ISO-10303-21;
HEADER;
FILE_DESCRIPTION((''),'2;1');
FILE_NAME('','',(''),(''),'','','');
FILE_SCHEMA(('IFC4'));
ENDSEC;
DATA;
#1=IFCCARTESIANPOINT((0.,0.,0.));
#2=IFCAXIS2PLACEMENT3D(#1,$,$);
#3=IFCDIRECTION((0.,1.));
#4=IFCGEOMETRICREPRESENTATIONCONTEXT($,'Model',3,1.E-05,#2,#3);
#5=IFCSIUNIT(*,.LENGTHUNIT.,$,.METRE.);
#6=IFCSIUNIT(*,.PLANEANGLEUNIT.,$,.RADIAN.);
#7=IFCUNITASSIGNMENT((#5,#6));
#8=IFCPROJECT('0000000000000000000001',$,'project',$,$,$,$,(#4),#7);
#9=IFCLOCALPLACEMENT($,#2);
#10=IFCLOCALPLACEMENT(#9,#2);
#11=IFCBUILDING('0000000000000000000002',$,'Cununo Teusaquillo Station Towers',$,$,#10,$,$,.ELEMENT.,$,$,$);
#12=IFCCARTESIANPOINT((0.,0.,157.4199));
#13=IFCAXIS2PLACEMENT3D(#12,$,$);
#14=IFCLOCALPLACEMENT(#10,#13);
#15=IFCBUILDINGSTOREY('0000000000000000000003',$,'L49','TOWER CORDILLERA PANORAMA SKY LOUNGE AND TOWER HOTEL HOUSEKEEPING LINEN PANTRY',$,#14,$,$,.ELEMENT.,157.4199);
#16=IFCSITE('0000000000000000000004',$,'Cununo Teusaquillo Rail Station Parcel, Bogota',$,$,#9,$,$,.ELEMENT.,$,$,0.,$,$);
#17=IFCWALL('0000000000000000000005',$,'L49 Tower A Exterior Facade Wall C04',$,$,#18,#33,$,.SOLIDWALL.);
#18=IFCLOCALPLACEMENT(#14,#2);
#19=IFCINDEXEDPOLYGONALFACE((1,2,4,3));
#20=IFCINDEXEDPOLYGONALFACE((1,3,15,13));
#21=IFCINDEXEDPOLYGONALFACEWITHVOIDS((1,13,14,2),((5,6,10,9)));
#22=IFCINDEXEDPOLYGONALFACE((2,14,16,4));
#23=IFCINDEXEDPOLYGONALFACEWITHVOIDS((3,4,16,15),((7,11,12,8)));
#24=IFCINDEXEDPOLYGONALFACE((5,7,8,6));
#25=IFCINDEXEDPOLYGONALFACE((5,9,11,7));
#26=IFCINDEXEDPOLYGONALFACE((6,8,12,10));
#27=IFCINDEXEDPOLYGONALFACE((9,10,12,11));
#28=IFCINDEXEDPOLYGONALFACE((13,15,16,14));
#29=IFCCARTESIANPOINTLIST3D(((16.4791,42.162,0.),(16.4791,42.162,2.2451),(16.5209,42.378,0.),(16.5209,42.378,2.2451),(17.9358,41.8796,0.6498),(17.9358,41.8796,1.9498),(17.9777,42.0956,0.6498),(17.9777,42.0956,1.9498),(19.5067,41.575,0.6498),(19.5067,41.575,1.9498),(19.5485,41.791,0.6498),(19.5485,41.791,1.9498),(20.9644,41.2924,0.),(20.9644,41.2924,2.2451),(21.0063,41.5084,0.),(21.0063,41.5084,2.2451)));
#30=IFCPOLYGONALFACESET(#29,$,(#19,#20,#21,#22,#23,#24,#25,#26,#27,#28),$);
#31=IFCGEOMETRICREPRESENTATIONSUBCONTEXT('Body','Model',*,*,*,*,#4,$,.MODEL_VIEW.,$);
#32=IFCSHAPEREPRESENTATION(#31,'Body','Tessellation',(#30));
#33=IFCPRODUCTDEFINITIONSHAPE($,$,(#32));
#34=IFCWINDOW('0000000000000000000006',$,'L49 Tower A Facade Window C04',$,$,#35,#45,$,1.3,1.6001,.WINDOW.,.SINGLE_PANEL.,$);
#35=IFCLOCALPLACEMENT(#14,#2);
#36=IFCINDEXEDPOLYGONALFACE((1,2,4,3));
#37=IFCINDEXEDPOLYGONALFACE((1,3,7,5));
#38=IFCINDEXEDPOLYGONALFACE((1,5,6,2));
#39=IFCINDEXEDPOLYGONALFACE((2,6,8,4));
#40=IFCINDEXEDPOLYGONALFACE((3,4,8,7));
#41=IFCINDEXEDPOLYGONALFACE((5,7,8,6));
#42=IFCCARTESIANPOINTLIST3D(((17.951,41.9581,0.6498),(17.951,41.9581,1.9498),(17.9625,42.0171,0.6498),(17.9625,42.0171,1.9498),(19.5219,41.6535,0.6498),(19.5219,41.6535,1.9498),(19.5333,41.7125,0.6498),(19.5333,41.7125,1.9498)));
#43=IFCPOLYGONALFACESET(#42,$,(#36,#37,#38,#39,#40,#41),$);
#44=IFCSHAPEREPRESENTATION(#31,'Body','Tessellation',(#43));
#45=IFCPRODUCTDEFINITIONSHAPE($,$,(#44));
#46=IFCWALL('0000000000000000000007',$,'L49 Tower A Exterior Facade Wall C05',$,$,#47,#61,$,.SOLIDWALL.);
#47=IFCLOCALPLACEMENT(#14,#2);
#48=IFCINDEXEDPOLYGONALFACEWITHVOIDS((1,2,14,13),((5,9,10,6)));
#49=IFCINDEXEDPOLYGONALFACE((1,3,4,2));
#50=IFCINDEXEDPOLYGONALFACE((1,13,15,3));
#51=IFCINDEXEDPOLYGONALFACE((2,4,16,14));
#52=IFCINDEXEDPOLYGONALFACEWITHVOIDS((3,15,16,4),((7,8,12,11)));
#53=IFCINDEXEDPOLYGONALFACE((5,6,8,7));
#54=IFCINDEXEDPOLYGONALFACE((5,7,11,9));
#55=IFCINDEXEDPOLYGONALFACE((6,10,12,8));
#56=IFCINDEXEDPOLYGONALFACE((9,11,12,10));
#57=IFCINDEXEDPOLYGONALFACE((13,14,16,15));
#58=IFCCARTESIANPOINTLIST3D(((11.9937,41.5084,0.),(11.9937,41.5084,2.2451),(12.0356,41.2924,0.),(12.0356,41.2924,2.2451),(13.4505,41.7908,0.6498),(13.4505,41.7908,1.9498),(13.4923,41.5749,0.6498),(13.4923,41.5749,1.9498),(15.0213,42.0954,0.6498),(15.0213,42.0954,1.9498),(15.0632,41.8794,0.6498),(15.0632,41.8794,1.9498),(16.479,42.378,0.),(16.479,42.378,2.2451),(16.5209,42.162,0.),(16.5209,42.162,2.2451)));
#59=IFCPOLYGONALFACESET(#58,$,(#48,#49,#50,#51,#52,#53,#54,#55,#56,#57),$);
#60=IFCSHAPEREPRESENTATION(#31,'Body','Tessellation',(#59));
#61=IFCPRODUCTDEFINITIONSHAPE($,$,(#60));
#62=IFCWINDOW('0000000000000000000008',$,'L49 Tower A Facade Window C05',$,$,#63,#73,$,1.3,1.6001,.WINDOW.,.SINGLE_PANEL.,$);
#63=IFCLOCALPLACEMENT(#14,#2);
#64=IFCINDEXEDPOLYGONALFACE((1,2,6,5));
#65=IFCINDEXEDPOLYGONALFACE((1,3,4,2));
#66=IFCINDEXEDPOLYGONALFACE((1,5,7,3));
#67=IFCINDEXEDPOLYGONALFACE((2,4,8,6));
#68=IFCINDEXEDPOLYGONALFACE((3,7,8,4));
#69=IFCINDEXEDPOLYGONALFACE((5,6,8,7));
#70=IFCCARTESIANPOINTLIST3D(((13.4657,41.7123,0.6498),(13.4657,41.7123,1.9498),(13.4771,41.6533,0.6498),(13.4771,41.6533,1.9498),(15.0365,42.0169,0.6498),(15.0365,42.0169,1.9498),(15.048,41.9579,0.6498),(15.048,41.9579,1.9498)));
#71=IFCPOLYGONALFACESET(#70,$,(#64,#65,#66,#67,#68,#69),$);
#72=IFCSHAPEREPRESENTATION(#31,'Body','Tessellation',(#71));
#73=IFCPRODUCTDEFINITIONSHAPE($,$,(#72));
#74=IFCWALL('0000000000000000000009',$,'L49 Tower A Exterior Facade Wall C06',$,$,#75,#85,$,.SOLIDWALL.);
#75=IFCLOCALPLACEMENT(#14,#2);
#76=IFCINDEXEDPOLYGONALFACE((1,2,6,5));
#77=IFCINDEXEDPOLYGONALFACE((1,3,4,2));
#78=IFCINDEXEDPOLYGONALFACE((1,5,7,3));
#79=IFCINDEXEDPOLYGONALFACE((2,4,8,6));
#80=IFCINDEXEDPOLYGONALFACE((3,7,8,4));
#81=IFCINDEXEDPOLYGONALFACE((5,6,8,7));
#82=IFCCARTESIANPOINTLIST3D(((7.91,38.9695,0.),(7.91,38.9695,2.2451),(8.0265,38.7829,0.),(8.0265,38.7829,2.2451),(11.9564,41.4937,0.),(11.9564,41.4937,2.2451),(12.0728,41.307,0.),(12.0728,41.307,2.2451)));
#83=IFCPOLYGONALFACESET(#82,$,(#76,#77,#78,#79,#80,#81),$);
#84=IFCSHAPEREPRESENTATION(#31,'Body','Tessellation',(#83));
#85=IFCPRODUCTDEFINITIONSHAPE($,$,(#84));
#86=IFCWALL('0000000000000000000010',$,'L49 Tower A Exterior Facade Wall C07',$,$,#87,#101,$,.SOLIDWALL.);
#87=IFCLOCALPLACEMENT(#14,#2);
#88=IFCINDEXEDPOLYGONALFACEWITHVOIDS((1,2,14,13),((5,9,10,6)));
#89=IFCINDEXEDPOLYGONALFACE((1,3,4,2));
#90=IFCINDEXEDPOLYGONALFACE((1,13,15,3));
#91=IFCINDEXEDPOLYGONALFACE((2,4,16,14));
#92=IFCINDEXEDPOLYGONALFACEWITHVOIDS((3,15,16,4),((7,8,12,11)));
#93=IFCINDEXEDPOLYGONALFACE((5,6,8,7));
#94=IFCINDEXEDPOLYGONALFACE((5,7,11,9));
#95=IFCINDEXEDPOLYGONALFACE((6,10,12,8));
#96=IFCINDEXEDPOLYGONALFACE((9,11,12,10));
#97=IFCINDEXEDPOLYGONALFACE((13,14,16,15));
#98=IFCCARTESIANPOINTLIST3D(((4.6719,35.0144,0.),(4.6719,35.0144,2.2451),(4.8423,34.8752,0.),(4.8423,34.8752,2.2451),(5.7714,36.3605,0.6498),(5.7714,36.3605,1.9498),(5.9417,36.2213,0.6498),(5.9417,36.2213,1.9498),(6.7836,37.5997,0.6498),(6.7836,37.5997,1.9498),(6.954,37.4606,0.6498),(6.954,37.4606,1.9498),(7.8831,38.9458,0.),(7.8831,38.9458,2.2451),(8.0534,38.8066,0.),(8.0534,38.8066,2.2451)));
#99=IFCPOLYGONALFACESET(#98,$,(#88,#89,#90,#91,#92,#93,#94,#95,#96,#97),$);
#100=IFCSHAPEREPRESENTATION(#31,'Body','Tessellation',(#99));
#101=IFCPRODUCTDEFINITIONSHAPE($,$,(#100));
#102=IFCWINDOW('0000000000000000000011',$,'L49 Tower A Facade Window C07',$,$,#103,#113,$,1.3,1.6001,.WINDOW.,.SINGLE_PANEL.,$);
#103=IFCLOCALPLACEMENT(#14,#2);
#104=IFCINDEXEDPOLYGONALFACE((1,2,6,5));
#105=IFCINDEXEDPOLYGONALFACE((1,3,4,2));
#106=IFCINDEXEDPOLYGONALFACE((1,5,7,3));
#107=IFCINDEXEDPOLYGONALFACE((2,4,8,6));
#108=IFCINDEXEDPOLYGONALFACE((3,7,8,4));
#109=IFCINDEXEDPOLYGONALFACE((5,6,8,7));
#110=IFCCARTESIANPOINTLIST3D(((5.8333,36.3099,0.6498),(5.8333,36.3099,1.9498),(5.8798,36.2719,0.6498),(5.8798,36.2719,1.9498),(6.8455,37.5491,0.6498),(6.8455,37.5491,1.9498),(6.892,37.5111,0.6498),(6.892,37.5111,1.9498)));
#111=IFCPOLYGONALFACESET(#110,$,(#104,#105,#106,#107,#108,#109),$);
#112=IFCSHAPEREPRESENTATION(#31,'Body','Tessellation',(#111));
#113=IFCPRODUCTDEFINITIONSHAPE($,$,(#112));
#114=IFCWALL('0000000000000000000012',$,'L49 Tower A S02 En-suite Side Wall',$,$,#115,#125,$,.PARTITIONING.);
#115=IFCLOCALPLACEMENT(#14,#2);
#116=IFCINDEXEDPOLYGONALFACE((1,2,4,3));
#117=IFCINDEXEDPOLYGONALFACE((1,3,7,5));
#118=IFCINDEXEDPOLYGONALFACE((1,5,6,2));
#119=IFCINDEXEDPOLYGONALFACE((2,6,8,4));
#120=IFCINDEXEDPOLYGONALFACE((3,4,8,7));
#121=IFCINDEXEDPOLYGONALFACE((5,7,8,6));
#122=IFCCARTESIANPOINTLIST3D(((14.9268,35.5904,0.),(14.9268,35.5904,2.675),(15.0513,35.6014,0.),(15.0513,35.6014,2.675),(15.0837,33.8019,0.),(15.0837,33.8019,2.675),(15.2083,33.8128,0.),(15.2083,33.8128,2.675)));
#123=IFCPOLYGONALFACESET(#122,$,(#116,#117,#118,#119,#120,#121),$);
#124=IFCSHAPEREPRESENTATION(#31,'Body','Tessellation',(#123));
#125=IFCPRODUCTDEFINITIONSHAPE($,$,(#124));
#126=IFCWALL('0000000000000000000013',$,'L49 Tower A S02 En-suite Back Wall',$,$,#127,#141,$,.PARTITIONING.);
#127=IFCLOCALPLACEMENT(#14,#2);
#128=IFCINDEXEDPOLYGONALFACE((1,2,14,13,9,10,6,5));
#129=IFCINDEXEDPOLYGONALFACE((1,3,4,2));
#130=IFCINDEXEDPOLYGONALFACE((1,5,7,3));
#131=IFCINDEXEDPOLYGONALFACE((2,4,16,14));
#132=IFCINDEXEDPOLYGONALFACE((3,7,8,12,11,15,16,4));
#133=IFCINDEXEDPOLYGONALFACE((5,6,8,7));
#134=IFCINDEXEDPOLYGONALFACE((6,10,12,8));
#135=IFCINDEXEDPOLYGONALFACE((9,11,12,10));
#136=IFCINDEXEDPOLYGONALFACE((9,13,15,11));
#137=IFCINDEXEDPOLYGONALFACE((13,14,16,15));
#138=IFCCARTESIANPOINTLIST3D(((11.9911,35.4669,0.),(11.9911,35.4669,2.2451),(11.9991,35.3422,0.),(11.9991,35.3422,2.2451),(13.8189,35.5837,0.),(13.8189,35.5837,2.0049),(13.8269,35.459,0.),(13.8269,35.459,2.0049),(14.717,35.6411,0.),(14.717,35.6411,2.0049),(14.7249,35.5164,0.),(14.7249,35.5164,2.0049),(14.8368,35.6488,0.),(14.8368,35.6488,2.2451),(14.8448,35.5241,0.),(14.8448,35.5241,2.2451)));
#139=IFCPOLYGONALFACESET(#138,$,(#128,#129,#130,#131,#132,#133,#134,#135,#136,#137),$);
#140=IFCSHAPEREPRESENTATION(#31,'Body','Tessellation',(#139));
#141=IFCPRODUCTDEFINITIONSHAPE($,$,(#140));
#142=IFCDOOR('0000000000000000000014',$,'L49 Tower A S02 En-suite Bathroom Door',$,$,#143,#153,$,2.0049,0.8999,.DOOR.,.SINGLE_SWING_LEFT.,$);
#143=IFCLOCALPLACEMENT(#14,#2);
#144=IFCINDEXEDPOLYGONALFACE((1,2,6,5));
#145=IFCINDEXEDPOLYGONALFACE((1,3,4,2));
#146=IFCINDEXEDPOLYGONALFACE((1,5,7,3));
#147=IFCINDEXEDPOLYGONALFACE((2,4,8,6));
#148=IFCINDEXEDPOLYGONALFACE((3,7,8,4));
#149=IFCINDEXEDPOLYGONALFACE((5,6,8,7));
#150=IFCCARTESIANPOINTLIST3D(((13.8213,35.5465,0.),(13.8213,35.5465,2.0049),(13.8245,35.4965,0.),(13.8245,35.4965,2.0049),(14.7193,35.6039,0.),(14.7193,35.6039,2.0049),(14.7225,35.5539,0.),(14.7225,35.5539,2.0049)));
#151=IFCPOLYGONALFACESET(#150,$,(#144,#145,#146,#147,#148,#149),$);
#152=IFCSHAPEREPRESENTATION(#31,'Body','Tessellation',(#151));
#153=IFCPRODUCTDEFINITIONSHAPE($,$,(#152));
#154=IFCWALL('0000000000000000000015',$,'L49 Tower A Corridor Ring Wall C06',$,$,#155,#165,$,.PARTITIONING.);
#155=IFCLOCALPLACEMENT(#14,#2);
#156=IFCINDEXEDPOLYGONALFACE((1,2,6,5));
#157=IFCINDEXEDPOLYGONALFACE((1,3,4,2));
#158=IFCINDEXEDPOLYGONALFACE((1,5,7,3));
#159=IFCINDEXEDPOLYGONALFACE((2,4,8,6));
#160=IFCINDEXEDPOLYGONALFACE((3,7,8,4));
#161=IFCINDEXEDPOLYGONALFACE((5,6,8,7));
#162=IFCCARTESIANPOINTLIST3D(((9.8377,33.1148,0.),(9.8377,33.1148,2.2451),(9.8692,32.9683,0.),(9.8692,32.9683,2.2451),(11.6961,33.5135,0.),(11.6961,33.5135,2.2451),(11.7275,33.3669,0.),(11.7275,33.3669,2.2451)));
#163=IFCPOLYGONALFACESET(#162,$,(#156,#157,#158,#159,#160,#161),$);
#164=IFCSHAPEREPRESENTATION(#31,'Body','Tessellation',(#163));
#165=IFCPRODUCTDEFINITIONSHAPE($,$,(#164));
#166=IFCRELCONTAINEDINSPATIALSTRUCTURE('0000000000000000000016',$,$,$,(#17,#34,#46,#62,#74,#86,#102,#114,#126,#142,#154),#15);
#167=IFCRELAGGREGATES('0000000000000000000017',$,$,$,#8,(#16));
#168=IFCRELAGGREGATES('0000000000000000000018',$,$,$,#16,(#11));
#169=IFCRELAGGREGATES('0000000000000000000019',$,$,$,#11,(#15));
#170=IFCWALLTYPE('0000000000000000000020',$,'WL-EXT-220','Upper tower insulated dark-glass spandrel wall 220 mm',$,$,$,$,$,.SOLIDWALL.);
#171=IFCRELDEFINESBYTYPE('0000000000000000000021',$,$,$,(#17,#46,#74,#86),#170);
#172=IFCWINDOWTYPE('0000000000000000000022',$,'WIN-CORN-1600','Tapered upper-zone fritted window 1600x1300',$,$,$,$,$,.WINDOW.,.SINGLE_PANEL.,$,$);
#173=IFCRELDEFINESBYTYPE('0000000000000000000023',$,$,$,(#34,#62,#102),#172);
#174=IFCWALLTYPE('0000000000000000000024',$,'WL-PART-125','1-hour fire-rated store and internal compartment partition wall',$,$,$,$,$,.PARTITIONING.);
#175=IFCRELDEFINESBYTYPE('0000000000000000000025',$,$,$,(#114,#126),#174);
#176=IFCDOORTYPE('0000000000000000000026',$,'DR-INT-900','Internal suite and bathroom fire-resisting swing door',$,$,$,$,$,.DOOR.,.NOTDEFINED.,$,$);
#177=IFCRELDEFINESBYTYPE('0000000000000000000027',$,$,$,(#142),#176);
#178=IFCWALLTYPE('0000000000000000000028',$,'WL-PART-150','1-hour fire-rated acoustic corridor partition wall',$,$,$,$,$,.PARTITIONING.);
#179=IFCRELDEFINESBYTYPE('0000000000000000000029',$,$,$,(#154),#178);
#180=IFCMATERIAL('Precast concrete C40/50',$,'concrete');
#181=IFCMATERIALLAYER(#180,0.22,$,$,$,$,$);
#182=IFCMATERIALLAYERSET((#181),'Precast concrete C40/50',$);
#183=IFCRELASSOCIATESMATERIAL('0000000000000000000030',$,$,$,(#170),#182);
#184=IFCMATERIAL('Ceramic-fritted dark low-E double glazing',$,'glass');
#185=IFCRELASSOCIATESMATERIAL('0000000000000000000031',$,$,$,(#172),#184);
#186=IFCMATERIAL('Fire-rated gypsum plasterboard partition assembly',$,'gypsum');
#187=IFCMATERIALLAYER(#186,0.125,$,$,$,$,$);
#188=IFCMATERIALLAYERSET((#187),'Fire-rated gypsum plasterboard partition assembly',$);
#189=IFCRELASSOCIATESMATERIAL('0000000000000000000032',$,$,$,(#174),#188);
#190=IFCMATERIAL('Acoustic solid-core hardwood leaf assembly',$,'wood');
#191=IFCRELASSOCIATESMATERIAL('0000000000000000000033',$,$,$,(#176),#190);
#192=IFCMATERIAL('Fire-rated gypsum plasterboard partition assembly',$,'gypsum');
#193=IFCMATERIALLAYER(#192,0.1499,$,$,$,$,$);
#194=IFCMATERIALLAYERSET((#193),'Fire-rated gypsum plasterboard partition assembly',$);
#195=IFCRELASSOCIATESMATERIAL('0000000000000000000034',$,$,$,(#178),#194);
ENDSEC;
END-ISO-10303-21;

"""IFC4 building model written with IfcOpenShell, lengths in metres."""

from ifc_helpers import new_model, si_unit, direction, frame, frame_2d, origin, place, context, subcontext, project, spatial, rectangle, extrude, source, transform, mapped, material, layer, layer_set, type_object, element, fill, save


model = new_model("IFC4")

# Units and contexts
model_context = context("Model", 3, precision=1e-05, world=origin(), true_north=direction((0.0, 1.0)))
body_context = subcontext(model_context, "Body", "Model", "MODEL_VIEW")
ifc_project = project(units=[si_unit("LENGTHUNIT", "METRE"), si_unit("PLANEANGLEUNIT", "RADIAN")], contexts=[model_context])

# Site, building, storey
site_placement = place(None, origin())
site = spatial("IfcSite", under=ifc_project, at=site_placement, Name="Cununo Teusaquillo Rail Station Parcel, Bogota", CompositionType="ELEMENT", RefElevation=0.0)
building_placement = place(site_placement, origin())
building = spatial("IfcBuilding", under=site, at=building_placement, Name="Cununo Teusaquillo Station Towers", CompositionType="ELEMENT")
storey_placement = place(building_placement, frame((0.0, 0.0, 157.4199)))
storey = spatial("IfcBuildingStorey", under=building, at=storey_placement, Name="L49", Description="TOWER CORDILLERA PANORAMA SKY LOUNGE AND TOWER HOTEL HOUSEKEEPING LINEN PANTRY", CompositionType="ELEMENT", Elevation=157.4199)

# Walls, openings, windows
ifc_material_1 = material(Name="Precast concrete C40/50", Category="concrete")
ifc_layer_1 = layer(ifc_material_1, 0.22)
ifc_layer_set_1 = layer_set([ifc_layer_1], Name="Precast concrete C40/50")
wall_type_1 = type_object("IfcWallType", Name="WL-EXT-220", Description="Upper tower insulated dark-glass spandrel wall 220 mm", PredefinedType="SOLIDWALL", material=ifc_layer_set_1)
wall_1_placement = place(storey_placement, frame((16.5, 42.27, 0.0), z_axis=(0.0, 0.0, 1.0), x_axis=(0.981719, -0.190338, 0.0)))
wall_1 = element("IfcWall", 1, at=wall_1_placement, inside=storey, type_object=wall_type_1, Name="L49 Tower A Exterior Facade Wall C04", PredefinedType="SOLIDWALL", context=body_context, shape_type="SweptSolid", body=[
    extrude(rectangle(XDim=4.5688, YDim=0.22, at=frame_2d((2.2844, 0.0))), origin(), (0.0, 0.0, 1.0), 2.2451),
])
shared_shape_1 = source(origin(), body_context, "Body", "SweptSolid", [
    extrude(rectangle(XDim=1.6001, YDim=1.3, at=frame_2d((0.8, 0.6499))), frame((0.0, 0.1199, 0.0), z_axis=(0.0, -1.0, 0.0), x_axis=(1.0, 0.0, 0.0)), (0.0, 0.0, 1.0), 0.24),
])
opening_1_placement = place(wall_1_placement, frame((1.4839, 0.0, 0.6499)))
opening_1 = element("IfcOpeningElement", 2, at=opening_1_placement, cuts=wall_1, PredefinedType="OPENING", context=body_context, shape_type="MappedRepresentation", body=[
    mapped(shared_shape_1, transform((0.0, 0.0, 0.0), x_axis=(1.0, 0.0, 0.0), y_axis=(0.0, 1.0, 0.0), z_axis=(0.0, 0.0, 1.0), scale=1.0)),
])
ifc_material_2 = material(Name="Ceramic-fritted dark low-E double glazing", Category="glass")
window_type = type_object("IfcWindowType", Name="WIN-CORN-1600", Description="Tapered upper-zone fritted window 1600x1300", PartitioningType="SINGLE_PANEL", PredefinedType="WINDOW", material=ifc_material_2)
shared_shape_2 = source(origin(), body_context, "Body", "SweptSolid", [
    extrude(rectangle(XDim=1.6001, YDim=1.3, at=frame_2d((0.8, 0.6499))), frame((0.0, 0.03, 0.0), z_axis=(0.0, -1.0, 0.0), x_axis=(1.0, 0.0, 0.0)), (0.0, 0.0, 1.0), 0.0601),
])
window_1_placement = place(opening_1_placement, origin())
window_1 = element("IfcWindow", 3, at=window_1_placement, inside=storey, type_object=window_type, Name="L49 Tower A Facade Window C04", OverallHeight=1.3, OverallWidth=1.6001, PartitioningType="SINGLE_PANEL", PredefinedType="WINDOW", context=body_context, shape_type="MappedRepresentation", body=[
    mapped(shared_shape_2, transform((0.0, 0.0, 0.0), x_axis=(1.0, 0.0, 0.0), y_axis=(0.0, 1.0, 0.0), z_axis=(0.0, 0.0, 1.0), scale=1.0)),
])
fill(opening_1, window_1)
wall_2_placement = place(storey_placement, frame((12.0146, 41.4004, 0.0), z_axis=(0.0, 0.0, 1.0), x_axis=(0.981719, 0.190338, 0.0)))
wall_2 = element("IfcWall", 4, at=wall_2_placement, inside=storey, type_object=wall_type_1, Name="L49 Tower A Exterior Facade Wall C05", PredefinedType="SOLIDWALL", context=body_context, shape_type="SweptSolid", body=[
    extrude(rectangle(XDim=4.5688, YDim=0.22, at=frame_2d((2.2844, 0.0))), origin(), (0.0, 0.0, 1.0), 2.2451),
])
opening_2_placement = place(wall_2_placement, frame((1.4839, 0.0, 0.6499)))
opening_2 = element("IfcOpeningElement", 5, at=opening_2_placement, cuts=wall_2, PredefinedType="OPENING", context=body_context, shape_type="MappedRepresentation", body=[
    mapped(shared_shape_1, transform((0.0, 0.0, 0.0), x_axis=(1.0, 0.0, 0.0), y_axis=(0.0, 1.0, 0.0), z_axis=(0.0, 0.0, 1.0), scale=1.0)),
])
window_2_placement = place(opening_2_placement, origin())
window_2 = element("IfcWindow", 6, at=window_2_placement, inside=storey, type_object=window_type, Name="L49 Tower A Facade Window C05", OverallHeight=1.3, OverallWidth=1.6001, PartitioningType="SINGLE_PANEL", PredefinedType="WINDOW", context=body_context, shape_type="MappedRepresentation", body=[
    mapped(shared_shape_2, transform((0.0, 0.0, 0.0), x_axis=(1.0, 0.0, 0.0), y_axis=(0.0, 1.0, 0.0), z_axis=(0.0, 0.0, 1.0), scale=1.0)),
])
fill(opening_2, window_2)

# Wall
wall_3_placement = place(storey_placement, frame((7.9683, 38.8762, 0.0), z_axis=(0.0, 0.0, 1.0), x_axis=(0.848452, 0.529272, 0.0)))
element("IfcWall", 7, at=wall_3_placement, inside=storey, type_object=wall_type_1, Name="L49 Tower A Exterior Facade Wall C06", PredefinedType="SOLIDWALL", context=body_context, shape_type="SweptSolid", body=[
    extrude(rectangle(XDim=4.769, YDim=0.22, at=frame_2d((2.3845, 0.0))), origin(), (0.0, 0.0, 1.0), 2.2451),
])

# Wall, opening, window
wall_4_placement = place(storey_placement, frame((4.7571, 34.9448, 0.0), z_axis=(0.0, 0.0, 1.0), x_axis=(0.632599, 0.77448, 0.0)))
wall_4 = element("IfcWall", 8, at=wall_4_placement, inside=storey, type_object=wall_type_1, Name="L49 Tower A Exterior Facade Wall C07", PredefinedType="SOLIDWALL", context=body_context, shape_type="SweptSolid", body=[
    extrude(rectangle(XDim=5.0762, YDim=0.22, at=frame_2d((2.5381, 0.0))), origin(), (0.0, 0.0, 1.0), 2.2451),
])
opening_3_placement = place(wall_4_placement, frame((1.738, 0.0, 0.6499)))
opening_3 = element("IfcOpeningElement", 9, at=opening_3_placement, cuts=wall_4, PredefinedType="OPENING", context=body_context, shape_type="MappedRepresentation", body=[
    mapped(shared_shape_1, transform((0.0, 0.0, 0.0), x_axis=(1.0, 0.0, 0.0), y_axis=(0.0, 1.0, 0.0), z_axis=(0.0, 0.0, 1.0), scale=1.0)),
])
window_3_placement = place(opening_3_placement, origin())
window_3 = element("IfcWindow", 10, at=window_3_placement, inside=storey, type_object=window_type, Name="L49 Tower A Facade Window C07", OverallHeight=1.3, OverallWidth=1.6001, PartitioningType="SINGLE_PANEL", PredefinedType="WINDOW", context=body_context, shape_type="MappedRepresentation", body=[
    mapped(shared_shape_2, transform((0.0, 0.0, 0.0), x_axis=(1.0, 0.0, 0.0), y_axis=(0.0, 1.0, 0.0), z_axis=(0.0, 0.0, 1.0), scale=1.0)),
])
fill(opening_3, window_3)

# Wall
ifc_material_3 = material(Name="Fire-rated gypsum plasterboard partition assembly", Category="gypsum")
ifc_layer_2 = layer(ifc_material_3, 0.125)
ifc_layer_set_2 = layer_set([ifc_layer_2], Name="Fire-rated gypsum plasterboard partition assembly")
wall_type_2 = type_object("IfcWallType", Name="WL-PART-125", Description="1-hour fire-rated store and internal compartment partition wall", PredefinedType="PARTITIONING", material=ifc_layer_set_2)
wall_5_placement = place(storey_placement, frame((15.146, 33.8074, 0.0), z_axis=(0.0, 0.0, 1.0), x_axis=(-0.087433, 0.99617, 0.0)))
element("IfcWall", 11, at=wall_5_placement, inside=storey, type_object=wall_type_2, Name="L49 Tower A S02 En-suite Side Wall", PredefinedType="PARTITIONING", context=body_context, shape_type="SweptSolid", body=[
    extrude(rectangle(XDim=1.7954, YDim=0.125, at=frame_2d((0.8977, 0.0))), origin(), (0.0, 0.0, 1.0), 2.675),
])

# Wall, opening, door
wall_6_placement = place(storey_placement, frame((14.8408, 35.5864, 0.0), z_axis=(0.0, 0.0, 1.0), x_axis=(-0.997964, -0.063785, 0.0)))
wall_6 = element("IfcWall", 12, at=wall_6_placement, inside=storey, type_object=wall_type_2, Name="L49 Tower A S02 En-suite Back Wall", PredefinedType="PARTITIONING", context=body_context, shape_type="SweptSolid", body=[
    extrude(rectangle(XDim=2.8516, YDim=0.125, at=frame_2d((1.4258, 0.0))), origin(), (0.0, 0.0, 1.0), 2.2451),
])
shared_shape_3 = source(origin(), body_context, "Body", "SweptSolid", [
    extrude(rectangle(XDim=0.8999, YDim=2.0049, at=frame_2d((0.45, 1.0024))), frame((0.0, 0.0725, 0.0), z_axis=(0.0, -1.0, 0.0), x_axis=(1.0, 0.0, 0.0)), (0.0, 0.0, 1.0), 0.145),
])
opening_4_placement = place(wall_6_placement, frame((0.1201, 0.0, 0.0)))
opening_4 = element("IfcOpeningElement", 13, at=opening_4_placement, cuts=wall_6, PredefinedType="OPENING", context=body_context, shape_type="MappedRepresentation", body=[
    mapped(shared_shape_3, transform((0.0, 0.0, 0.0), x_axis=(1.0, 0.0, 0.0), y_axis=(0.0, 1.0, 0.0), z_axis=(0.0, 0.0, 1.0), scale=1.0)),
])
ifc_material_4 = material(Name="Acoustic solid-core hardwood leaf assembly", Category="wood")
door_type_1 = type_object("IfcDoorType", Name="DR-INT-900", Description="Internal suite and bathroom fire-resisting swing door", OperationType="NOTDEFINED", PredefinedType="DOOR", material=ifc_material_4)
shared_shape_4 = source(origin(), body_context, "Body", "SweptSolid", [
    extrude(rectangle(XDim=0.8999, YDim=2.0049, at=frame_2d((0.45, 1.0024))), frame((0.0, 0.0249, 0.0), z_axis=(0.0, -1.0, 0.0), x_axis=(1.0, 0.0, 0.0)), (0.0, 0.0, 1.0), 0.05),
])
door_1_placement = place(opening_4_placement, origin())
door_1 = element("IfcDoor", 14, at=door_1_placement, inside=storey, type_object=door_type_1, Name="L49 Tower A S02 En-suite Bathroom Door", OperationType="SINGLE_SWING_LEFT", OverallHeight=2.0049, OverallWidth=0.8999, PredefinedType="DOOR", context=body_context, shape_type="MappedRepresentation", body=[
    mapped(shared_shape_4, transform((0.0, 0.0, 0.0), x_axis=(1.0, 0.0, 0.0), y_axis=(0.0, 1.0, 0.0), z_axis=(0.0, 0.0, 1.0), scale=1.0)),
])
fill(opening_4, door_1)

# Wall
ifc_material_5 = material(Name="Fire-rated gypsum plasterboard partition assembly", Category="gypsum")
ifc_layer_3 = layer(ifc_material_5, 0.1499)
ifc_layer_set_3 = layer_set([ifc_layer_3], Name="Fire-rated gypsum plasterboard partition assembly")
wall_type_3 = type_object("IfcWallType", Name="WL-PART-150", Description="1-hour fire-rated acoustic corridor partition wall", PredefinedType="PARTITIONING", material=ifc_layer_set_3)
wall_7_placement = place(storey_placement, frame((11.7117, 33.4402, 0.0), z_axis=(0.0, 0.0, 1.0), x_axis=(-0.977754, -0.209757, 0.0)))
element("IfcWall", 15, at=wall_7_placement, inside=storey, type_object=wall_type_3, Name="L49 Tower A Corridor Ring Wall C06", PredefinedType="PARTITIONING", context=body_context, shape_type="SweptSolid", body=[
    extrude(rectangle(XDim=1.9006, YDim=0.1499, at=frame_2d((0.9502, 0.0))), origin(), (0.0, 0.0, 1.0), 2.2451),
])

save(model, "model.ifc")
